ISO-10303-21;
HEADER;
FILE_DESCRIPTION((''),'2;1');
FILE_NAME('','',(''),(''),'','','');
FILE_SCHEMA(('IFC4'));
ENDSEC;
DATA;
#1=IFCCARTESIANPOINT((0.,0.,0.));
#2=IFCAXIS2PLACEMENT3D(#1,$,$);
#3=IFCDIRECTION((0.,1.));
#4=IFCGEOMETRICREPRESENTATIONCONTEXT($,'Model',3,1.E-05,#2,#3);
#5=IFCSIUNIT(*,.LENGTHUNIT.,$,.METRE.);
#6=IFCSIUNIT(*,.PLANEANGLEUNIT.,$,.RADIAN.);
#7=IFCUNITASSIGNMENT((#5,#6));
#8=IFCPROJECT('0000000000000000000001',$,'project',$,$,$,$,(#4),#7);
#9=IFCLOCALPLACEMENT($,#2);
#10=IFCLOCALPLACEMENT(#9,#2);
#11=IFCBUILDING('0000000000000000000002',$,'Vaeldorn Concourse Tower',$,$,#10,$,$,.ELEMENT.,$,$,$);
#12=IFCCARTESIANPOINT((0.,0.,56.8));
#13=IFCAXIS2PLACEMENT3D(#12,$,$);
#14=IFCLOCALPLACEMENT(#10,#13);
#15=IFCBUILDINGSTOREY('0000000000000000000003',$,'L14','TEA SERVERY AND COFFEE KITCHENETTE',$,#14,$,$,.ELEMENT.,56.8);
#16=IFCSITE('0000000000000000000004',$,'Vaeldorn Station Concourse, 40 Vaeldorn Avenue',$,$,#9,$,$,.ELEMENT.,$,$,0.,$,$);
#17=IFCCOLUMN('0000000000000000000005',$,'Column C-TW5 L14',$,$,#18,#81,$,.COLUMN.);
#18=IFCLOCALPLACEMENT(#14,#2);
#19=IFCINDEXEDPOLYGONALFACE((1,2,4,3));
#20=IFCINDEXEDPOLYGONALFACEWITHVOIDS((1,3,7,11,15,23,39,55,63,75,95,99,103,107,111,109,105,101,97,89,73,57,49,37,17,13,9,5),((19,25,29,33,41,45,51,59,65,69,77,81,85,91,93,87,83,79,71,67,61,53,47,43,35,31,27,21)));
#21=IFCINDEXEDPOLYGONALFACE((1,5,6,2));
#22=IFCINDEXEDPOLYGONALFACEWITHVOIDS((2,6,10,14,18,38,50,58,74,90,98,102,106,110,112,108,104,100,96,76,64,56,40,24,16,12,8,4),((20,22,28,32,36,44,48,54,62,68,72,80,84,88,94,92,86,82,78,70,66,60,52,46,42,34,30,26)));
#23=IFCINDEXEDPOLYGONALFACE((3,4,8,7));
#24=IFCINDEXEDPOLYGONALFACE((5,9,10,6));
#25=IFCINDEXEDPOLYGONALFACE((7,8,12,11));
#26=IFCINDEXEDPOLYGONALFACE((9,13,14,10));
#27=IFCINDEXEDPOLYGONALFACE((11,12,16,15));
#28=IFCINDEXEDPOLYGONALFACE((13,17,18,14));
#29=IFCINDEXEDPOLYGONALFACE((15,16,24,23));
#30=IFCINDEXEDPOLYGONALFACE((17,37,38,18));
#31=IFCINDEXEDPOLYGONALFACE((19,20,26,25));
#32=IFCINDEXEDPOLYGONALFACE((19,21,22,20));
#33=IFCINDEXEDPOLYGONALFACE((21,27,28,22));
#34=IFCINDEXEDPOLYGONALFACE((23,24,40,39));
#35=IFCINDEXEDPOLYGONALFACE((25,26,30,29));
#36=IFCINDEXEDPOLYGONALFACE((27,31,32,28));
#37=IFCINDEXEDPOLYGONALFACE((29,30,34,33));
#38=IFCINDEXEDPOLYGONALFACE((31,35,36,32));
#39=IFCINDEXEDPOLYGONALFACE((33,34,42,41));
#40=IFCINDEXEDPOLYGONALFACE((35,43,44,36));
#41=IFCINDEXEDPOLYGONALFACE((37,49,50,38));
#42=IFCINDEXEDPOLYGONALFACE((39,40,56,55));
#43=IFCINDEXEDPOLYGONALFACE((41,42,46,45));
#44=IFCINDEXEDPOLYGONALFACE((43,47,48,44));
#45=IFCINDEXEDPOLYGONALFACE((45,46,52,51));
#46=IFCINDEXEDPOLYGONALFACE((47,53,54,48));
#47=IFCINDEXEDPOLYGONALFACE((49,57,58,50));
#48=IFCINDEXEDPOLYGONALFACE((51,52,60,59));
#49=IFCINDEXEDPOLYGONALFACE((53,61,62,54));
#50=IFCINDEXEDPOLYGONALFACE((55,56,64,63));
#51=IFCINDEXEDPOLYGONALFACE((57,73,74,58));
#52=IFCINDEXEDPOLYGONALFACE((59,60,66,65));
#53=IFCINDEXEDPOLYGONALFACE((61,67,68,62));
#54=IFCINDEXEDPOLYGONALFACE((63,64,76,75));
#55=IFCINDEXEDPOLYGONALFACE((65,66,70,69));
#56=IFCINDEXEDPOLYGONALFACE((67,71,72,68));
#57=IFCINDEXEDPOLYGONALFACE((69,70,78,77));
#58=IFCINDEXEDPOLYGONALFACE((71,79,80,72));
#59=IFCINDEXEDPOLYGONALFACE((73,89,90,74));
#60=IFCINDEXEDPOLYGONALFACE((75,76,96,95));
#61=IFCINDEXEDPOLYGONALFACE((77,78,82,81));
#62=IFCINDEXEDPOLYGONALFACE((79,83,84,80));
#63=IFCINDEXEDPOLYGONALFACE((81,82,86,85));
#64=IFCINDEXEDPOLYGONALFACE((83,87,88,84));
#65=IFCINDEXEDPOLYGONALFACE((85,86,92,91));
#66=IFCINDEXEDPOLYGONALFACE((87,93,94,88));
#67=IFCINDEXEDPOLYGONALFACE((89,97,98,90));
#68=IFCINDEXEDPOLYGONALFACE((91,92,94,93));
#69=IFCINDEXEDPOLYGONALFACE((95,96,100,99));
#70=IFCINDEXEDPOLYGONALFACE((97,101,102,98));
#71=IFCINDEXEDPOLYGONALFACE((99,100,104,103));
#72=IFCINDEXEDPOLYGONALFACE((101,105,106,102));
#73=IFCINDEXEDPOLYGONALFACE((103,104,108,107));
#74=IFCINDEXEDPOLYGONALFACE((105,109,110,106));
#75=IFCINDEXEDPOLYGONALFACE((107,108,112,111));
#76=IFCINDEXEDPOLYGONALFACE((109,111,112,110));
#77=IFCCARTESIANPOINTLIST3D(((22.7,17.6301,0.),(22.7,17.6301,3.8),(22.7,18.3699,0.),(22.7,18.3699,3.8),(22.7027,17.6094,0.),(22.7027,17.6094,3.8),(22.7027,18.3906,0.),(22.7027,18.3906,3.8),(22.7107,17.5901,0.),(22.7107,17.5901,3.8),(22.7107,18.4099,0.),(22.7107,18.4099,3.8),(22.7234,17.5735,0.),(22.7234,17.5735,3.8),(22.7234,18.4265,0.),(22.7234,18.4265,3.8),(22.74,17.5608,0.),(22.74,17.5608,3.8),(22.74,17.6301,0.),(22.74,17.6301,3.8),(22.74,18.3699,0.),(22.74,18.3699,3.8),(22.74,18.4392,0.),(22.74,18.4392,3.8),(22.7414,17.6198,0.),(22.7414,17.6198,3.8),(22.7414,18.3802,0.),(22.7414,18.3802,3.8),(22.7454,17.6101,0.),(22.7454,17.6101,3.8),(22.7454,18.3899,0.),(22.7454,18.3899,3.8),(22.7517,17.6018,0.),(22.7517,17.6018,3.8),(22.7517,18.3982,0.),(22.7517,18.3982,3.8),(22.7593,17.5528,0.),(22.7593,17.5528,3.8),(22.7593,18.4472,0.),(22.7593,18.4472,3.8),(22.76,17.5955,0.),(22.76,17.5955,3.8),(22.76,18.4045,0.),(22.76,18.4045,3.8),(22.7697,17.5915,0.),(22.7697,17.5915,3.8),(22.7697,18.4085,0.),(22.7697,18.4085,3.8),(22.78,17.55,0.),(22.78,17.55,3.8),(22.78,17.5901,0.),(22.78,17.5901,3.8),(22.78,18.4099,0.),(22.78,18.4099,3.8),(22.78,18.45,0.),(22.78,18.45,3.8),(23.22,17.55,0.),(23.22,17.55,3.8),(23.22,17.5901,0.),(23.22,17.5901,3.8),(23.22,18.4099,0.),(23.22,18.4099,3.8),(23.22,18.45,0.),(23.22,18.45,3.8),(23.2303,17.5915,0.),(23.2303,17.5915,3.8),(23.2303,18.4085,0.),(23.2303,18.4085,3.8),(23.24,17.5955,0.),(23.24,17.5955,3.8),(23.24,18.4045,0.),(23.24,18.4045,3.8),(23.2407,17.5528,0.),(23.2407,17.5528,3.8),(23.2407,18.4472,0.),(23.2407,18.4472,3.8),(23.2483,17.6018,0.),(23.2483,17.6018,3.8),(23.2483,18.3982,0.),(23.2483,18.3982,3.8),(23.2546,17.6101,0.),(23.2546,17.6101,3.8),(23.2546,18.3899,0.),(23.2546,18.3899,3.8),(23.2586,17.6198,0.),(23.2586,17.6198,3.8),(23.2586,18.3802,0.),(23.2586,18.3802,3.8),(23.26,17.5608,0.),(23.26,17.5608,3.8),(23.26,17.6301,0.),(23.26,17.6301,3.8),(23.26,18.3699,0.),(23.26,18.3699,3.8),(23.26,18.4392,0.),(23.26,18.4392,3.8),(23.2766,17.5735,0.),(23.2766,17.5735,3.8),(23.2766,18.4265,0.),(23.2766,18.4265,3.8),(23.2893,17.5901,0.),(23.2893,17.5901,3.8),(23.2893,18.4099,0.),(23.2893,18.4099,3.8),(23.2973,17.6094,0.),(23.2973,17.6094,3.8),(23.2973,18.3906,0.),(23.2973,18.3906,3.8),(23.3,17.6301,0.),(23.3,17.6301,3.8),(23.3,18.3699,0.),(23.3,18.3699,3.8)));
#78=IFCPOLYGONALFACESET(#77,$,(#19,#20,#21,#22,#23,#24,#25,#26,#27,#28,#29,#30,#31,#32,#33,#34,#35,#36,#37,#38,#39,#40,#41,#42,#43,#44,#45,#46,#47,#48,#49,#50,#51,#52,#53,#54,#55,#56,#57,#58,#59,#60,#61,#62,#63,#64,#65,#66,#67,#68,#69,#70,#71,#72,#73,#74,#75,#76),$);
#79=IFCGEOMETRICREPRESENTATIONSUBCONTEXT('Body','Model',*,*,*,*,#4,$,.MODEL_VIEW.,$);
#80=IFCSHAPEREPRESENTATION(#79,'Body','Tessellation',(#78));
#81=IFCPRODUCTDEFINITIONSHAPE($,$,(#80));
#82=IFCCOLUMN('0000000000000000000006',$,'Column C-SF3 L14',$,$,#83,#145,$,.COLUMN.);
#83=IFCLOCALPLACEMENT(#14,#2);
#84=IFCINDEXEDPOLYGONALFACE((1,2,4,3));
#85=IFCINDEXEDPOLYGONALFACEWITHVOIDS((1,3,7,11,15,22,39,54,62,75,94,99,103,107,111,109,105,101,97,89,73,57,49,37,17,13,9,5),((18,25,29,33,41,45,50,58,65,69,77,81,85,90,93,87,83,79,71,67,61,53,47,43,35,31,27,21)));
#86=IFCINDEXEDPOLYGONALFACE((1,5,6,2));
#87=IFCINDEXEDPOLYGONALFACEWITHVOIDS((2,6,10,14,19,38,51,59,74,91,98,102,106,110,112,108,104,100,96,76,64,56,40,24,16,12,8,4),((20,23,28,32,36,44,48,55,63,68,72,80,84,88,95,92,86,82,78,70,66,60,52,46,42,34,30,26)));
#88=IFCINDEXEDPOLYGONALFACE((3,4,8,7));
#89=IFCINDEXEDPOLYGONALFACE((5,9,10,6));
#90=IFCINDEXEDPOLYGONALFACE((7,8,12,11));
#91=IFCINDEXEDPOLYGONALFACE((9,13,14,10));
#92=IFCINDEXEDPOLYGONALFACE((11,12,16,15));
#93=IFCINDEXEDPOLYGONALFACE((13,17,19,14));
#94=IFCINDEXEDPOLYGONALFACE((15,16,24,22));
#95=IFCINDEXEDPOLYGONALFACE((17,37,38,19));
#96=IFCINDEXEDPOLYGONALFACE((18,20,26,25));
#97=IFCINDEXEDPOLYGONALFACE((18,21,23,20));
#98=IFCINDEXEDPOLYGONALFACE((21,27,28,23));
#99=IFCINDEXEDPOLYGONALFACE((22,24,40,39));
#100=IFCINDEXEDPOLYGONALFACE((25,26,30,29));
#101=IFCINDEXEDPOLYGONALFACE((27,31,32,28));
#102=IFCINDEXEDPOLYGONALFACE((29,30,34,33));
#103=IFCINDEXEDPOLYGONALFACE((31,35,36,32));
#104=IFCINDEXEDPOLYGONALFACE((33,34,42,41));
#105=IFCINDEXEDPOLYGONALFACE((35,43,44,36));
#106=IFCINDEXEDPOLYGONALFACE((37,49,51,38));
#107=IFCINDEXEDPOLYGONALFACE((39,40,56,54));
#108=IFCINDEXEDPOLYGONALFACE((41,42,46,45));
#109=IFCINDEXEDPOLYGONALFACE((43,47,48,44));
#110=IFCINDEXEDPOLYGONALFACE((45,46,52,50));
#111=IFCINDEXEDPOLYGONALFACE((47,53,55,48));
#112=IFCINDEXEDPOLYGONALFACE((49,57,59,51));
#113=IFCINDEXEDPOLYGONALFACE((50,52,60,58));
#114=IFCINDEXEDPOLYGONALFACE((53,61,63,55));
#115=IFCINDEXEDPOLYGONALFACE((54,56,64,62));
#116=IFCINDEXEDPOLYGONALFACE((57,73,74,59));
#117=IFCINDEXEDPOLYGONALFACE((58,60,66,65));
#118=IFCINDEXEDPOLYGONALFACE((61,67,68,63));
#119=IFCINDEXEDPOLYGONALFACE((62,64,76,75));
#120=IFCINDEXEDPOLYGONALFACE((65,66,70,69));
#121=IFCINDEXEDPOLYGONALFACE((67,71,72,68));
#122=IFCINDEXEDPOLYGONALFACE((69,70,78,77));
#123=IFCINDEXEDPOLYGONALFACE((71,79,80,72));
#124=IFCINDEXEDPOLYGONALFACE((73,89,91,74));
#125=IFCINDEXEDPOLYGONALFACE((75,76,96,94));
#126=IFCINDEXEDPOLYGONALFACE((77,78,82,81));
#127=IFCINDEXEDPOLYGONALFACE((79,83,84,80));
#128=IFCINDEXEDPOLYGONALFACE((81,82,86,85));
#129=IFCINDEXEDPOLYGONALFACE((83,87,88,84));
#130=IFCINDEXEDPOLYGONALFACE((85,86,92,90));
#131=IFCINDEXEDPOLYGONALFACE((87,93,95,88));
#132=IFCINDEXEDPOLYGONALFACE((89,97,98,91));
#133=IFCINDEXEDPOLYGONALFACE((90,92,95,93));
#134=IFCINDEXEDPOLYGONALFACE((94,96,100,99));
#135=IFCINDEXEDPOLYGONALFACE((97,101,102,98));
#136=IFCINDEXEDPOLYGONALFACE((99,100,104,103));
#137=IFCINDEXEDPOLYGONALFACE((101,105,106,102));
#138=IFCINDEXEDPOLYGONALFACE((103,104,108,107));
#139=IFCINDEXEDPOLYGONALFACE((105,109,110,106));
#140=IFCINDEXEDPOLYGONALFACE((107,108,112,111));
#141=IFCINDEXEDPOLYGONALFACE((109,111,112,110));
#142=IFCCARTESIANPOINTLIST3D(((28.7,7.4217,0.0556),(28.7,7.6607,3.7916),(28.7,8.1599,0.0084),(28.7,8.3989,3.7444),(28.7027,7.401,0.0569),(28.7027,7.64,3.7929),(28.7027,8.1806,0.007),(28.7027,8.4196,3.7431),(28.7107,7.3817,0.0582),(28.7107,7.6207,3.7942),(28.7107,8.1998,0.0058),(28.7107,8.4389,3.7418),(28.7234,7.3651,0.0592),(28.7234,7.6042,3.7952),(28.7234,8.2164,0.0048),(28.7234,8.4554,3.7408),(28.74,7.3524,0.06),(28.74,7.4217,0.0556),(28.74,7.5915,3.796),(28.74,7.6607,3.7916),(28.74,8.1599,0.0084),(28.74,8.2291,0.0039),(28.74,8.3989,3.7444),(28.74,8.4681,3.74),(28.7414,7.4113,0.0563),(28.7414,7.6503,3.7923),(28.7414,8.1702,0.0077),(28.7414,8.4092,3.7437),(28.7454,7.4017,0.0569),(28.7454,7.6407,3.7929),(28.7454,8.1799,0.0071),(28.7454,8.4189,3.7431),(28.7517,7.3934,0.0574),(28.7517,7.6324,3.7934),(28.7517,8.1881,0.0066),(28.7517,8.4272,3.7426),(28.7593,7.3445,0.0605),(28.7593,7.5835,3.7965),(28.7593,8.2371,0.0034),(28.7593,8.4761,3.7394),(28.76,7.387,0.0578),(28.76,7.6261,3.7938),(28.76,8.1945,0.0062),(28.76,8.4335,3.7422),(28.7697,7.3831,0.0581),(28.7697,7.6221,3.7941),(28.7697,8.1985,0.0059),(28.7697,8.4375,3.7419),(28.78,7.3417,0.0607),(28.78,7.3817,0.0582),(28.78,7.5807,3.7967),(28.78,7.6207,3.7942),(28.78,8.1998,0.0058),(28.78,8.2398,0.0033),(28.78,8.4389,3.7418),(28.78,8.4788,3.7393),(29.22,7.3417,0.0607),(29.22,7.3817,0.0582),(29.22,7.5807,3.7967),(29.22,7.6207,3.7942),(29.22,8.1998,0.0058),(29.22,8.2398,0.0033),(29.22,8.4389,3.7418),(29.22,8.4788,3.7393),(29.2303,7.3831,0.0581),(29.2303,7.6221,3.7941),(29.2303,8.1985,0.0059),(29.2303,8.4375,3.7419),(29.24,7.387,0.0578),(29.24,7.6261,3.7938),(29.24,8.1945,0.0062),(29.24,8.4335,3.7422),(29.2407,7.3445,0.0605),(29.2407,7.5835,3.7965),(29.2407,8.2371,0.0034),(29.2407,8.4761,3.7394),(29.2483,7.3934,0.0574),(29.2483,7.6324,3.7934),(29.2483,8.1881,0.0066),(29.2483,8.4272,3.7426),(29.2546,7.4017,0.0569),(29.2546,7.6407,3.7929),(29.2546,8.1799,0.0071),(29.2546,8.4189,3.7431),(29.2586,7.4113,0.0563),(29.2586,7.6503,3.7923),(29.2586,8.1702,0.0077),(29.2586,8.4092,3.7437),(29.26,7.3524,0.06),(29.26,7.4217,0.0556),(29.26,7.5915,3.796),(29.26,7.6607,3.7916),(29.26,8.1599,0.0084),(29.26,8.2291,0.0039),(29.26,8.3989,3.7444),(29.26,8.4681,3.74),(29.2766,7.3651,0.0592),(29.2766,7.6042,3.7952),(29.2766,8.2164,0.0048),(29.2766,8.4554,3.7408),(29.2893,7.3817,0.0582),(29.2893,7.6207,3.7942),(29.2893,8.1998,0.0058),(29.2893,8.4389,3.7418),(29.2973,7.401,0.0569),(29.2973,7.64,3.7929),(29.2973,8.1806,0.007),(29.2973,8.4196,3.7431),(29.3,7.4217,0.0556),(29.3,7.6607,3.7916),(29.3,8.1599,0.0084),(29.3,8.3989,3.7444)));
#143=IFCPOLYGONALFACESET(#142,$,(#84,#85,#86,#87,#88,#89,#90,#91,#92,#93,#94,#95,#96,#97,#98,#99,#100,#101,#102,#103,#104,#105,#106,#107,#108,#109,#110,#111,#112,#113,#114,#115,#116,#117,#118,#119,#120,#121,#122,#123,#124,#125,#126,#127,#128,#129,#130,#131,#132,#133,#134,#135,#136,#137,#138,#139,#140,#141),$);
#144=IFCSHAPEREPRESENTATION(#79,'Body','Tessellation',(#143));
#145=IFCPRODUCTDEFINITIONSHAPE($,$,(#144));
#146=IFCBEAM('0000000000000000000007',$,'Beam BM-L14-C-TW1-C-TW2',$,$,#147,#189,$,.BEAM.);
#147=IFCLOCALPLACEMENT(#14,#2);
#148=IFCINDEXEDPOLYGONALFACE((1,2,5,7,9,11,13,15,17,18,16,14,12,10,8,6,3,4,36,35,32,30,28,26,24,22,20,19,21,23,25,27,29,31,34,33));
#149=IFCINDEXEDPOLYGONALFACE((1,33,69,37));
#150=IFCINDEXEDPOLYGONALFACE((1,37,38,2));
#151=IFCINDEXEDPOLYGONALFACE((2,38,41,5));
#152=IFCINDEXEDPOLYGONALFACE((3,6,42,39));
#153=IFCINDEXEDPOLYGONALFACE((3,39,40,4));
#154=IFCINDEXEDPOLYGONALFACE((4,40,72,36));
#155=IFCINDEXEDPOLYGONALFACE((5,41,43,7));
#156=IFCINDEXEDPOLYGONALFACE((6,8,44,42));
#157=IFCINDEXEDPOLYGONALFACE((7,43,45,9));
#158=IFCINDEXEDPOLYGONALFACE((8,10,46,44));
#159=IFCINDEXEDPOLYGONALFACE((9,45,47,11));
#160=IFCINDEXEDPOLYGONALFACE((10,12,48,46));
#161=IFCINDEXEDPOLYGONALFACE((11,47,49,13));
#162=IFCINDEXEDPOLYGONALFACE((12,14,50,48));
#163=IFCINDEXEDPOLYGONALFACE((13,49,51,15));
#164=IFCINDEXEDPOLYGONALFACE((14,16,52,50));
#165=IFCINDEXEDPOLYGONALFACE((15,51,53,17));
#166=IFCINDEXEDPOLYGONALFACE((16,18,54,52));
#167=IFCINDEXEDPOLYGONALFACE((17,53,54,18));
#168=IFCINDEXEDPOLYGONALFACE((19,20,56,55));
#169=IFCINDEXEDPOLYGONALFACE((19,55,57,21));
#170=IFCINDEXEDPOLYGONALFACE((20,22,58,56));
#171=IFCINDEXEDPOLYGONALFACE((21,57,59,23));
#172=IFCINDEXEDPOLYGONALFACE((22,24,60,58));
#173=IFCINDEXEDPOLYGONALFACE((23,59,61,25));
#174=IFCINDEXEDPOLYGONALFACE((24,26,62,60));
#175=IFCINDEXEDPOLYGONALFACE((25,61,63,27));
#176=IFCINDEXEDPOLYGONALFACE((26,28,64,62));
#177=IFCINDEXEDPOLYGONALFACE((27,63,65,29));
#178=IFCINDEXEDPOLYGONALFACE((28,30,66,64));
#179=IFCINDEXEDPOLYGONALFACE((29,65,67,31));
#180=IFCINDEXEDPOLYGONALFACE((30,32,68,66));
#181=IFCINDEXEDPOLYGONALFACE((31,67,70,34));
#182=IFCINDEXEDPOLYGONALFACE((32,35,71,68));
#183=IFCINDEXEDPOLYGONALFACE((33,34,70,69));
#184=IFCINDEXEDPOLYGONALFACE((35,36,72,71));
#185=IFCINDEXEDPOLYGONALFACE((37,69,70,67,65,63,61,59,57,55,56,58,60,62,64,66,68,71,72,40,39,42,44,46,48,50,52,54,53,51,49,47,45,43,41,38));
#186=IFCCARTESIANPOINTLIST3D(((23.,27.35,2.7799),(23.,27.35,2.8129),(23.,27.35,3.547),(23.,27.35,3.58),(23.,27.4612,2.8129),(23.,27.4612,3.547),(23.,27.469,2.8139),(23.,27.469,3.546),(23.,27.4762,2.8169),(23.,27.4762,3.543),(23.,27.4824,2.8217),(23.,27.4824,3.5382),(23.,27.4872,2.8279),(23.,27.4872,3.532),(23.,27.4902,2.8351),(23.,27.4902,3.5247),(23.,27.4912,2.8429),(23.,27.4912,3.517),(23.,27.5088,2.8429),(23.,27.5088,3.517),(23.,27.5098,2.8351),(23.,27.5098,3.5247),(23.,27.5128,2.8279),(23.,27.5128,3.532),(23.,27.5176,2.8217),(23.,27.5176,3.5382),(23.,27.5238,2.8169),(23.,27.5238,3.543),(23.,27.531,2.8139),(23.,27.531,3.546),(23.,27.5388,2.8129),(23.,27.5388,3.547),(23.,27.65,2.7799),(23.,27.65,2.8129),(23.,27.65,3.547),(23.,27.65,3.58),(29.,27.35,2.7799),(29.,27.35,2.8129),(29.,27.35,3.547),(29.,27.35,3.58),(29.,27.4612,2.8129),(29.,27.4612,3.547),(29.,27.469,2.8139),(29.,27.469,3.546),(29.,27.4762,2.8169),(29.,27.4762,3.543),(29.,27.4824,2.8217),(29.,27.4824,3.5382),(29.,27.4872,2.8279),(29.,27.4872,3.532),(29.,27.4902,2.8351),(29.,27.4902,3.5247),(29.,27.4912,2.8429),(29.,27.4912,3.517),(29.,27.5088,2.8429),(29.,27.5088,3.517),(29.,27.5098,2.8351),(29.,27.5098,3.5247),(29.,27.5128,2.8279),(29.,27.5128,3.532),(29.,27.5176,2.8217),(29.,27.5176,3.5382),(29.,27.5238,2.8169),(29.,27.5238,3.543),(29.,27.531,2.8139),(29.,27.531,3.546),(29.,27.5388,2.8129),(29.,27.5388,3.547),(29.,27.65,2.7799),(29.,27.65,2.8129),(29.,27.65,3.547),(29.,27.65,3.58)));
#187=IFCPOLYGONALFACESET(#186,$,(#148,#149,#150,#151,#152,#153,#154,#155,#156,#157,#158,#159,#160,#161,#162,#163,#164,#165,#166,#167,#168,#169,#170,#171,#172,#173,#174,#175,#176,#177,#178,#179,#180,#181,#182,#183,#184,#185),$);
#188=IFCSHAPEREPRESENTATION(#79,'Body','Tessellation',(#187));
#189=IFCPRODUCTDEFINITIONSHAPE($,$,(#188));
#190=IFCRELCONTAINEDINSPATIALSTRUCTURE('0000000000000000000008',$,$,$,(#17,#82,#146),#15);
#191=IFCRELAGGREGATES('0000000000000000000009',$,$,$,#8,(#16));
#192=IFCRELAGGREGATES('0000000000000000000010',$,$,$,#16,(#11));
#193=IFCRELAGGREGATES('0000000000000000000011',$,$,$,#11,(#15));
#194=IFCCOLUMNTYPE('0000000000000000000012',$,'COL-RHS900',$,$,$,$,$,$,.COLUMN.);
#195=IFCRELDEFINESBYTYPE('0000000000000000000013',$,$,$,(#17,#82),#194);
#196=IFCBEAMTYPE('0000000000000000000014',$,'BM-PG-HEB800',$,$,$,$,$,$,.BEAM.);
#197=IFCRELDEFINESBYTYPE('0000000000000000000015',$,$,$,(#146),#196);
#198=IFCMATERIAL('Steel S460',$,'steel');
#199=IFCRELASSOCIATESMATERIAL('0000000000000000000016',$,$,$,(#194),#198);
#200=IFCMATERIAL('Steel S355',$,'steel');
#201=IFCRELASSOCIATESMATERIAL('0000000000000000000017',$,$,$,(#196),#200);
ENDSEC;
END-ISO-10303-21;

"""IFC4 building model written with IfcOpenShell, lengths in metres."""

from ifc_helpers import new_model, si_unit, direction, frame, origin, origin_2d, place, context, subcontext, project, spatial, hollow_rectangle, i_section, extrude, source, transform, mapped, material, material_profile, profile_set, type_object, element, save


model = new_model("IFC4")

# Units and contexts
model_context = context("Model", 3, precision=1e-05, world=origin(), true_north=direction((0.0, 1.0)))
body_context = subcontext(model_context, "Body", "Model", "MODEL_VIEW")
ifc_project = project(units=[si_unit("LENGTHUNIT", "METRE"), si_unit("PLANEANGLEUNIT", "RADIAN")], contexts=[model_context])

# Site, building, storey
site_placement = place(None, origin())
site = spatial("IfcSite", under=ifc_project, at=site_placement, Name="Vaeldorn Station Concourse, 40 Vaeldorn Avenue", CompositionType="ELEMENT", RefElevation=0.0)
building_placement = place(site_placement, origin())
building = spatial("IfcBuilding", under=site, at=building_placement, Name="Vaeldorn Concourse Tower", CompositionType="ELEMENT")
storey_placement = place(building_placement, frame((0.0, 0.0, 56.8)))
storey = spatial("IfcBuildingStorey", under=building, at=storey_placement, Name="L14", Description="TEA SERVERY AND COFFEE KITCHENETTE", CompositionType="ELEMENT", Elevation=56.8)

# Columns
ifc_material_1 = material(Name="Steel S460", Category="steel")
ifc_material_profile_1 = material_profile(ifc_material_1, hollow_rectangle(XDim=0.6001, YDim=0.8999, WallThickness=0.04, InnerFilletRadius=0.04, OuterFilletRadius=0.0801, at=origin_2d()), Name="RHS 900x600x40")
ifc_profile_set_1 = profile_set([ifc_material_profile_1], Name="Steel S460")
column_type_1 = type_object("IfcColumnType", Name="COL-RHS900", PredefinedType="COLUMN", material=ifc_profile_set_1)
shared_shape_1 = source(origin(), body_context, "Body", "SweptSolid", [
    extrude(hollow_rectangle(XDim=0.6001, YDim=0.8999, WallThickness=0.04, InnerFilletRadius=0.04, OuterFilletRadius=0.0801, at=origin_2d()), origin(), (0.0, 0.0, 1.0), 3.8),
])
for number, where, z_axis, x_axis, name in (
    (1, (23.0, 18.0, 0.0), (0.0, 0.0, 1.0), (1.0, 0.0, 0.0), "Column C-TW5 L14"),
):
    element("IfcColumn", number, at=place(storey_placement, frame(where, z_axis=z_axis, x_axis=x_axis)), inside=storey, type_object=column_type_1, Name=name, PredefinedType="COLUMN", context=body_context, shape_type="MappedRepresentation", body=[
        mapped(shared_shape_1, transform((0.0, 0.0, 0.0), scale=1.0)),
    ])
shared_shape_2 = source(origin(), body_context, "Body", "SweptSolid", [
    extrude(hollow_rectangle(XDim=0.6001, YDim=0.8999, WallThickness=0.04, InnerFilletRadius=0.04, OuterFilletRadius=0.0801, at=origin_2d()), origin(), (0.0, 0.0, 1.0), 3.7437),
])
column_1_placement = place(storey_placement, frame((29.0, 7.7908, 0.032), z_axis=(0.0, 0.063844, 0.99796), x_axis=(-1.0, 0.0, 0.0)))
element("IfcColumn", 2, at=column_1_placement, inside=storey, type_object=column_type_1, Name="Column C-SF3 L14", PredefinedType="COLUMN", context=body_context, shape_type="MappedRepresentation", body=[
    mapped(shared_shape_2, transform((0.0, 0.0, 0.0), scale=1.0)),
])

# Beam
ifc_material_2 = material(Name="Steel S355", Category="steel")
ifc_material_profile_2 = material_profile(ifc_material_2, i_section(OverallWidth=0.3, OverallDepth=0.8, WebThickness=0.0176, FlangeThickness=0.033, FilletRadius=0.03, at=origin_2d()), Name="HEB 800")
ifc_profile_set_2 = profile_set([ifc_material_profile_2], Name="Steel S355")
beam_type_1 = type_object("IfcBeamType", Name="BM-PG-HEB800", PredefinedType="BEAM", material=ifc_profile_set_2)
shared_shape_3 = source(origin(), body_context, "Body", "SweptSolid", [
    extrude(i_section(OverallWidth=0.3, OverallDepth=0.8, WebThickness=0.0176, FlangeThickness=0.033, FilletRadius=0.03, at=origin_2d()), origin(), (0.0, 0.0, 1.0), 6.0),
])
beam_1_placement = place(storey_placement, frame((23.0, 27.5, 3.1799), z_axis=(1.0, 0.0, 0.0), x_axis=(0.0, 1.0, 0.0)))
element("IfcBeam", 3, at=beam_1_placement, inside=storey, type_object=beam_type_1, Name="Beam BM-L14-C-TW1-C-TW2", PredefinedType="BEAM", context=body_context, shape_type="MappedRepresentation", body=[
    mapped(shared_shape_3, transform((0.0, 0.0, 0.0), scale=1.0)),
])

save(model, "model.ifc")
